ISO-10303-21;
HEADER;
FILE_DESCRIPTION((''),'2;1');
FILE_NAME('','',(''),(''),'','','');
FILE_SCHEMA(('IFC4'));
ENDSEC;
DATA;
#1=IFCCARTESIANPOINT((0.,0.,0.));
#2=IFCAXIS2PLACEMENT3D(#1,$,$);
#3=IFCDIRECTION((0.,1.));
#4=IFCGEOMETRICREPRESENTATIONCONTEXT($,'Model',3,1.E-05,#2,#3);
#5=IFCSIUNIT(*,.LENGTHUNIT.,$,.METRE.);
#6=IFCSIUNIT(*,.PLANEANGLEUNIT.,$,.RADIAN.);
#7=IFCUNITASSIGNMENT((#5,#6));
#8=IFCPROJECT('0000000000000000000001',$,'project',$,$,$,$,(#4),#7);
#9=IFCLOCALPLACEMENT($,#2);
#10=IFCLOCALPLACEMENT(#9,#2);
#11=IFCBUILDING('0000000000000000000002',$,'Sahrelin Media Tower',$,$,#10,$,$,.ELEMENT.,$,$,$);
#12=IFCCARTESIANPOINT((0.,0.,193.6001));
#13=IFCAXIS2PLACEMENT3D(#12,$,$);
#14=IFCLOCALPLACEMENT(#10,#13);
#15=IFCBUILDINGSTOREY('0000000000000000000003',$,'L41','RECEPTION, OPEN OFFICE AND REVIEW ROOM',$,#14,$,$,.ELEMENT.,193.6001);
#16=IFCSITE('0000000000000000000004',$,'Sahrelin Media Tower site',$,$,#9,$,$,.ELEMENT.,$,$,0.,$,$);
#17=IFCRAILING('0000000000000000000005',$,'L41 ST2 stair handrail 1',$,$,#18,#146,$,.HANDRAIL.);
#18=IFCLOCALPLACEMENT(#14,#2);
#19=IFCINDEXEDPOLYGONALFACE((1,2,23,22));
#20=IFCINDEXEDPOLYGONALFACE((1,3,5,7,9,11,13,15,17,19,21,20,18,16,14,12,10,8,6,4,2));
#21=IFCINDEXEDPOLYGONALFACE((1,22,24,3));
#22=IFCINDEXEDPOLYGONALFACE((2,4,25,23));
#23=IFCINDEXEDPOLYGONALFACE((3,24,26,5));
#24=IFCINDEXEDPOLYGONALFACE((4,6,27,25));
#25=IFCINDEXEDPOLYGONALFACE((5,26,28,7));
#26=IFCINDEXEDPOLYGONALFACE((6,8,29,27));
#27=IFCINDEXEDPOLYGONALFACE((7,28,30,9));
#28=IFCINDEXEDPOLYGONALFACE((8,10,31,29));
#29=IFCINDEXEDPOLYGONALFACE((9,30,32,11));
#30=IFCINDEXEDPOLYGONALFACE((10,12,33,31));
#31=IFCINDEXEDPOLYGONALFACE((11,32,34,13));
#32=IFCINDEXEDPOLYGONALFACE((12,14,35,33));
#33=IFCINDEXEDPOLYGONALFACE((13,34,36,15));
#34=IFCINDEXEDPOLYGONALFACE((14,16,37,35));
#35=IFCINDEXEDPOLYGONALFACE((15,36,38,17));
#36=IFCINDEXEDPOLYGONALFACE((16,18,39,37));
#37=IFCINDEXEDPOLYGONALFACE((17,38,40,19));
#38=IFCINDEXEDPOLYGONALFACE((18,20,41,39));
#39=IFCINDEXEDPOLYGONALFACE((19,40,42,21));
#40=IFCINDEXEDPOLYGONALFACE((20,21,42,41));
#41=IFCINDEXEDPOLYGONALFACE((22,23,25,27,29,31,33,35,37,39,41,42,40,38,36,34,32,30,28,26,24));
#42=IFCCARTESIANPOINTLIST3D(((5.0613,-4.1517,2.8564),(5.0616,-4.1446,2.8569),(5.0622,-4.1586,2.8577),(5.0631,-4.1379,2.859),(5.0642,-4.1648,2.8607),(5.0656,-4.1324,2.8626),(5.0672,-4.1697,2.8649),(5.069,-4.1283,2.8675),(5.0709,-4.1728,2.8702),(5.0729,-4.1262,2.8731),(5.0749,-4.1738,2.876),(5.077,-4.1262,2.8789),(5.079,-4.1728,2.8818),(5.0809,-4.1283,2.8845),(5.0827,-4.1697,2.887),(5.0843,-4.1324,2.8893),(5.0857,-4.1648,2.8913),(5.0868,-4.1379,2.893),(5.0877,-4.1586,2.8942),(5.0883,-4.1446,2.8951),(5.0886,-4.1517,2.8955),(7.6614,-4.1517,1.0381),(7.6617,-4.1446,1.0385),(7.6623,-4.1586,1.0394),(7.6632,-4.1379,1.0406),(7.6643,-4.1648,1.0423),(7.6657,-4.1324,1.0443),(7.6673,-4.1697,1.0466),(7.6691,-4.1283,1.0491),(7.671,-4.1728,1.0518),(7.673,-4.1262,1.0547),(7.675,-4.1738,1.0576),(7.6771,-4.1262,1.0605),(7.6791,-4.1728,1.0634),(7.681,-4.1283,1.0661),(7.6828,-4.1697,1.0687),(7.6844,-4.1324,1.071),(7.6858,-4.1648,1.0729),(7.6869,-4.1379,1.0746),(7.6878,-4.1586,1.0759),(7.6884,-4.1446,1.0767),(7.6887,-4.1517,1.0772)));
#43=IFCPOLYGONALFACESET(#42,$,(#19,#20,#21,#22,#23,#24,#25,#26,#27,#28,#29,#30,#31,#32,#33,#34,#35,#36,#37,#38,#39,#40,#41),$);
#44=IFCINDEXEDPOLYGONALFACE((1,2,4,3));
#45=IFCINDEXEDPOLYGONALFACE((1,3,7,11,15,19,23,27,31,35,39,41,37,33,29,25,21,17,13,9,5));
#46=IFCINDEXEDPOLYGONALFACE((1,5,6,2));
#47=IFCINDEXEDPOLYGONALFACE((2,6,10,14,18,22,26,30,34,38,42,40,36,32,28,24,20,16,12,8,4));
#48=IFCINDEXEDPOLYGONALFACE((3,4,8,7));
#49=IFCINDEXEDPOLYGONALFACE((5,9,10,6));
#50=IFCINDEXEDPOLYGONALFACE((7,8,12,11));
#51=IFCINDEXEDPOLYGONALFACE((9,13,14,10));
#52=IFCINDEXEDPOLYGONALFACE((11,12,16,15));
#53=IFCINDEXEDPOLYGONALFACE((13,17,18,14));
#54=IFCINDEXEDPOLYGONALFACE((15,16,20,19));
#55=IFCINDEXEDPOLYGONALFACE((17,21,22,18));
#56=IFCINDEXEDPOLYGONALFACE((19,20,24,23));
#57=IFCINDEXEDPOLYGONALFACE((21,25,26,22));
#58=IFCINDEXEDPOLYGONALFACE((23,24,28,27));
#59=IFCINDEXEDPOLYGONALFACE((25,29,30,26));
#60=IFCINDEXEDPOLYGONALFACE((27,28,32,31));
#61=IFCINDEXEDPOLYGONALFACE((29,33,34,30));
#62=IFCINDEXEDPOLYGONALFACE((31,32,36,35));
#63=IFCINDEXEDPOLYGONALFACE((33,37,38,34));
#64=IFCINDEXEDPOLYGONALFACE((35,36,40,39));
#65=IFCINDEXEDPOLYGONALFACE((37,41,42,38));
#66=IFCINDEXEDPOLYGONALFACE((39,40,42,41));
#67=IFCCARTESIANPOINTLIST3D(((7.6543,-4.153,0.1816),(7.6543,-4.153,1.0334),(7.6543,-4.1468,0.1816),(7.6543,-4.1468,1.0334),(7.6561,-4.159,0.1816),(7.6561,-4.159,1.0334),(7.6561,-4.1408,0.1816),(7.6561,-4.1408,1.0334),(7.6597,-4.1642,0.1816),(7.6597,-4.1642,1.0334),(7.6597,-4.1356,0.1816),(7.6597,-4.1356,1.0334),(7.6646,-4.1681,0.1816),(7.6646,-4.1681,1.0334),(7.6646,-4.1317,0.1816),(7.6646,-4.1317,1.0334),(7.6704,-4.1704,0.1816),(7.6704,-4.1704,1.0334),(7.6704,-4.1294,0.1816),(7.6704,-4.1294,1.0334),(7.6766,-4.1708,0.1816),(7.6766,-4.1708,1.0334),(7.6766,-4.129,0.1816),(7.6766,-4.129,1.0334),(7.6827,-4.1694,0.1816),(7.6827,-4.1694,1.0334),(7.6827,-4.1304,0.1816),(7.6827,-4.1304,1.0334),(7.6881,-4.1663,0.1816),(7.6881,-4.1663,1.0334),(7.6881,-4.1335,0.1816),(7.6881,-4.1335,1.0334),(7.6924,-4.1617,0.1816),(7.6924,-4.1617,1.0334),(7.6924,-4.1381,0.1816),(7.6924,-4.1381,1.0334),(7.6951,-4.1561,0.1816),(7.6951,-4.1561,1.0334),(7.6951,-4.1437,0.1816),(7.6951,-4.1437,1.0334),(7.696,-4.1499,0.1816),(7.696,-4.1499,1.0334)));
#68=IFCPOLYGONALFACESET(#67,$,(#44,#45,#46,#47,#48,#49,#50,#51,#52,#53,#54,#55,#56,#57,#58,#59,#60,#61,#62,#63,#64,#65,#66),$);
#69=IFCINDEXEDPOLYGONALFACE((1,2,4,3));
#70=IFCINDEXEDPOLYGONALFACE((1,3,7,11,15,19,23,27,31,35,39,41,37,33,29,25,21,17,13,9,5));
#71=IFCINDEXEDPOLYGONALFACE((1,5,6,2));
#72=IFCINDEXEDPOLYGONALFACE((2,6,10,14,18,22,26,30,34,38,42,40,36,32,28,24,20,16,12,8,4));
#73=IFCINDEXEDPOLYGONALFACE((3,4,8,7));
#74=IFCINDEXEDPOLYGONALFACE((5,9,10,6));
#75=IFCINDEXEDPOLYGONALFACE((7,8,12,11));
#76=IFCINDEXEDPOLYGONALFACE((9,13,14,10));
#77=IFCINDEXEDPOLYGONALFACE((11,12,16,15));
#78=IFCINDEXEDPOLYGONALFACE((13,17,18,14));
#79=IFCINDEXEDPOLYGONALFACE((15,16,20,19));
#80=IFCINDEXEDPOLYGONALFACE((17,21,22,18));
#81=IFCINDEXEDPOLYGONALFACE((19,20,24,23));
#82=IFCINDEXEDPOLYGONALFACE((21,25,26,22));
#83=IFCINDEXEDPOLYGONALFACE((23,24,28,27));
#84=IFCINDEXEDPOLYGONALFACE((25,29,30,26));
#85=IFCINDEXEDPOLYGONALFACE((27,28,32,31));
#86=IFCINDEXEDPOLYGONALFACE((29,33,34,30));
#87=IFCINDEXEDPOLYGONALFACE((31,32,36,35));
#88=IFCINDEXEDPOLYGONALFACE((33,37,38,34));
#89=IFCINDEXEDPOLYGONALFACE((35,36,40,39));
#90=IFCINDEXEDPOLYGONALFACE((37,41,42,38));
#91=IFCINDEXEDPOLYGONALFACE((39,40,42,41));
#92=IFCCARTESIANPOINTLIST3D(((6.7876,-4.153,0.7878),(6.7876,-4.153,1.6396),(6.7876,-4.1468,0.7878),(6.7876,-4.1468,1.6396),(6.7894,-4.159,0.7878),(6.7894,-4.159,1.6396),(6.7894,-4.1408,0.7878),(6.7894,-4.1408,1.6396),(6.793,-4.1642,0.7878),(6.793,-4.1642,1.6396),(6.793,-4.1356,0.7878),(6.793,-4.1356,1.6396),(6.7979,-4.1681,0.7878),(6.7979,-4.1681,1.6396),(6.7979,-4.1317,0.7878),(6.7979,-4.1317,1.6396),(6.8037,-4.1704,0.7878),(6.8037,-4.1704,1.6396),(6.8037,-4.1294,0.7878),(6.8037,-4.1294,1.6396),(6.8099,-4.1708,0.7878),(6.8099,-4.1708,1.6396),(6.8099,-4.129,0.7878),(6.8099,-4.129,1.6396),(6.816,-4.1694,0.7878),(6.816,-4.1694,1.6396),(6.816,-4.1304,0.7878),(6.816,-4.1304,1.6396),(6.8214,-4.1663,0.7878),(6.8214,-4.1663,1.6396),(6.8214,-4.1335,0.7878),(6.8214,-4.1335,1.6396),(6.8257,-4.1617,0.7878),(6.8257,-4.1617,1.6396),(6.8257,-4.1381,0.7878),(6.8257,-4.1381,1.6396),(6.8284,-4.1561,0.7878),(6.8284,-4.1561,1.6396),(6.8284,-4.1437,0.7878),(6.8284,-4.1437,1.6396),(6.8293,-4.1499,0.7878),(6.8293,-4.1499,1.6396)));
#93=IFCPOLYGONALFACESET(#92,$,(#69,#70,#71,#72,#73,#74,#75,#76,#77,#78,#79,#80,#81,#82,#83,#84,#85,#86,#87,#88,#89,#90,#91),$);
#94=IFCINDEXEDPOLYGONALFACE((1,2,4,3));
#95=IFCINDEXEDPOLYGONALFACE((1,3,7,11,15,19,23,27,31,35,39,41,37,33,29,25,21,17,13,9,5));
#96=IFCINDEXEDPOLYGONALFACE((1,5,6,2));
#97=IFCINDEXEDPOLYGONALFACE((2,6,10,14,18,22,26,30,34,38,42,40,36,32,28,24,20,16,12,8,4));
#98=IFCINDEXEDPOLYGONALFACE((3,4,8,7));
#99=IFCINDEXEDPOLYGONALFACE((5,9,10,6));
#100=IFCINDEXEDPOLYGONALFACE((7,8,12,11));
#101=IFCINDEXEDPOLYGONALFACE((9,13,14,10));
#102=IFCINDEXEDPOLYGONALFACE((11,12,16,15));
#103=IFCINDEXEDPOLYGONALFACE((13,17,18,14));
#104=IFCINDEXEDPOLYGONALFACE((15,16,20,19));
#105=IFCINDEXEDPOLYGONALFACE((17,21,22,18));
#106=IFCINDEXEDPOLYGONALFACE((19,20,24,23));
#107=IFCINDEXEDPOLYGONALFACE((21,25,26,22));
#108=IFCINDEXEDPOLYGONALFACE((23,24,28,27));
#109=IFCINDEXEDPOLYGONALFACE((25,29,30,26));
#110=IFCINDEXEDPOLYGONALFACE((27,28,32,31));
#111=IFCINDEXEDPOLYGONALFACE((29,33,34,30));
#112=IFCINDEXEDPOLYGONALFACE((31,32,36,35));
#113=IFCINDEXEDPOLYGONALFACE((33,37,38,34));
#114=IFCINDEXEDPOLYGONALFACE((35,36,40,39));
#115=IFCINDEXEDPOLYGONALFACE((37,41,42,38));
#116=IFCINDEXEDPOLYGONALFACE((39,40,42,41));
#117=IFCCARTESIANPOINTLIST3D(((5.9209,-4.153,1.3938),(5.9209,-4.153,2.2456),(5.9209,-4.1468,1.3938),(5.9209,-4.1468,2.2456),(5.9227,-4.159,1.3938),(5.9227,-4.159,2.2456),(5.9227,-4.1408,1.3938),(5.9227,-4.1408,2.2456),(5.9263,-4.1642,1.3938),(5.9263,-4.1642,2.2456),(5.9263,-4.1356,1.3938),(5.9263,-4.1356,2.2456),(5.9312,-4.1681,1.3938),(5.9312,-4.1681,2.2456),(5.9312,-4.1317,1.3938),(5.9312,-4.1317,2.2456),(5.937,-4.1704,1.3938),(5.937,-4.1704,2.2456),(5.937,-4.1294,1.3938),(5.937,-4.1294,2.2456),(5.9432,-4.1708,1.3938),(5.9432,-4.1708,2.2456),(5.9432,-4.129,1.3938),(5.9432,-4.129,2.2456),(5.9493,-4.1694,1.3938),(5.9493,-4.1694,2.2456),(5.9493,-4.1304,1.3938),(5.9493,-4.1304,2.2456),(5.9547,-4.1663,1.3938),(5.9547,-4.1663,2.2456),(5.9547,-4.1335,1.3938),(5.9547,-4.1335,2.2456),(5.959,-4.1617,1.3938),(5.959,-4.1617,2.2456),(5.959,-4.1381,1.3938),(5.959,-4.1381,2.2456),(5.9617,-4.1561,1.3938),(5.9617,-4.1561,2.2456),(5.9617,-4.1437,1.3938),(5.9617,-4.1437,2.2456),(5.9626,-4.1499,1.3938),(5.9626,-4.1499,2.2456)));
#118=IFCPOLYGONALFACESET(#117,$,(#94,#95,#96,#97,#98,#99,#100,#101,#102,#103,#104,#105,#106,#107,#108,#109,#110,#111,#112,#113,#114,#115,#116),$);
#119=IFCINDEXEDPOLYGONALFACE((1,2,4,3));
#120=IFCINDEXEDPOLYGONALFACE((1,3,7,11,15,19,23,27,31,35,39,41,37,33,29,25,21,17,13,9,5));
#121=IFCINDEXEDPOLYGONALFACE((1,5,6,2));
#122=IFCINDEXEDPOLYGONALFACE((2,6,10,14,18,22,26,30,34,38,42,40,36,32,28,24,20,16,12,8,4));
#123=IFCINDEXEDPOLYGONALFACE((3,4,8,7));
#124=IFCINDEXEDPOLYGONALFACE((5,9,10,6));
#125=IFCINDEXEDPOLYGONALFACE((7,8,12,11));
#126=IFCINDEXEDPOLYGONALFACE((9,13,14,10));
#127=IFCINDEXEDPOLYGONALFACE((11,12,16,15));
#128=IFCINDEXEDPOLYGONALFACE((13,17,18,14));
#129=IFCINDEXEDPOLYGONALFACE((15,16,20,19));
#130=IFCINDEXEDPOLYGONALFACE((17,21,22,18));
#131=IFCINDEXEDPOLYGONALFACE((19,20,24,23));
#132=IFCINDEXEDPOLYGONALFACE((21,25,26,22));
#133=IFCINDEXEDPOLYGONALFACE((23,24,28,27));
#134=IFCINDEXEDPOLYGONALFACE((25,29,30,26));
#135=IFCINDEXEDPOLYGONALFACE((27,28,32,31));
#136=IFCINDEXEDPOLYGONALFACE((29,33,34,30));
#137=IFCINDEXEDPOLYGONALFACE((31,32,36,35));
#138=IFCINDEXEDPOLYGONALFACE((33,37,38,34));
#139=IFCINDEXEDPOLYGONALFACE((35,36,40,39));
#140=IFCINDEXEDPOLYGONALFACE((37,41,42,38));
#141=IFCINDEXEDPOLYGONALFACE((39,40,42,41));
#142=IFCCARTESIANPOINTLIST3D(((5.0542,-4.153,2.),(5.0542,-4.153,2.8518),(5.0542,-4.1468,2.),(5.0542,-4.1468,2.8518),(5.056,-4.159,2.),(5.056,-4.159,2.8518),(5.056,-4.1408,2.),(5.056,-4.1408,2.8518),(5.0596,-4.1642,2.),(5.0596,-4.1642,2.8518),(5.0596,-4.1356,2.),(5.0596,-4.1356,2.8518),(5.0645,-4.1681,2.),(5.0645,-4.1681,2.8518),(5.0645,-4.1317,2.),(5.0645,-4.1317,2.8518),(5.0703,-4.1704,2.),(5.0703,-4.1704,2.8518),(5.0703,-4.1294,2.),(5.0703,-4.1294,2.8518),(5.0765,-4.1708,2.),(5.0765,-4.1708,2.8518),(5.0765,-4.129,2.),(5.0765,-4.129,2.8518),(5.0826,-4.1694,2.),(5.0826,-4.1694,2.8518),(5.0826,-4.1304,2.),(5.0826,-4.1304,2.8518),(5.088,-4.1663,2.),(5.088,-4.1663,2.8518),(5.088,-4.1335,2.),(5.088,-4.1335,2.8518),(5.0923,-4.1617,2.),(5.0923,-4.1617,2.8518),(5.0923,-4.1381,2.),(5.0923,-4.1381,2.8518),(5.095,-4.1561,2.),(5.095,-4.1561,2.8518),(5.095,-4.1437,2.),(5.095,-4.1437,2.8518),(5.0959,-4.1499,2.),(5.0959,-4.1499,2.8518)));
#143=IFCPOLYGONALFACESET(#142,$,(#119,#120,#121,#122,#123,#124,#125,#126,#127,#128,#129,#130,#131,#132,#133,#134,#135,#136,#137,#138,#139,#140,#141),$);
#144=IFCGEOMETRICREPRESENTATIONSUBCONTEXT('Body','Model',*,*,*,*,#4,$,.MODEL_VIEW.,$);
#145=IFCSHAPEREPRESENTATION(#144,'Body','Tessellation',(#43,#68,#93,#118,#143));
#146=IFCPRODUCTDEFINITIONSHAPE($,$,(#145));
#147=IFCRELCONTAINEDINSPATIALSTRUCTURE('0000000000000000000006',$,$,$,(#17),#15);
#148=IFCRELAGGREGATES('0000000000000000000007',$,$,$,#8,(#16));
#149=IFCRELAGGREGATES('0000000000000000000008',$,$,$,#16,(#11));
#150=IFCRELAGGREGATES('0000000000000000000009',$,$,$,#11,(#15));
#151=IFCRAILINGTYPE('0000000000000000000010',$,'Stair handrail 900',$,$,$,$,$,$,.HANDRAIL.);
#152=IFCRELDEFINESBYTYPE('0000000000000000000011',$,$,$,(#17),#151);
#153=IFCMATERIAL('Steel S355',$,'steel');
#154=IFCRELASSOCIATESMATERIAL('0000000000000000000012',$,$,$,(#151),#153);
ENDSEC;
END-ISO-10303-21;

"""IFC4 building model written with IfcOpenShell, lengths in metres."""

from ifc_helpers import new_model, si_unit, direction, frame, origin, origin_2d, place, context, subcontext, project, spatial, circle, extrude, material, type_object, element, save


model = new_model("IFC4")

# Units and contexts
model_context = context("Model", 3, precision=1e-05, world=origin(), true_north=direction((0.0, 1.0)))
body_context = subcontext(model_context, "Body", "Model", "MODEL_VIEW")
ifc_project = project(units=[si_unit("LENGTHUNIT", "METRE"), si_unit("PLANEANGLEUNIT", "RADIAN")], contexts=[model_context])

# Site, building, storey
site_placement = place(None, origin())
site = spatial("IfcSite", under=ifc_project, at=site_placement, Name="Sahrelin Media Tower site", CompositionType="ELEMENT", RefElevation=0.0)
building_placement = place(site_placement, origin())
building = spatial("IfcBuilding", under=site, at=building_placement, Name="Sahrelin Media Tower", CompositionType="ELEMENT")
storey_placement = place(building_placement, frame((0.0, 0.0, 193.6001)))
storey = spatial("IfcBuildingStorey", under=building, at=storey_placement, Name="L41", Description="RECEPTION, OPEN OFFICE AND REVIEW ROOM", CompositionType="ELEMENT", Elevation=193.6001)

# Shared definitions
ifc_material_1 = material(Name="Steel S355", Category="steel")

# Railing
railing_type_1 = type_object("IfcRailingType", Name="Stair handrail 900", PredefinedType="HANDRAIL", material=ifc_material_1)
railing_1_placement = place(storey_placement, frame((7.675, -4.1499, 0.1816)))
element("IfcRailing", 1, at=railing_1_placement, inside=storey, type_object=railing_type_1, Name="L41 ST2 stair handrail 1", PredefinedType="HANDRAIL", context=body_context, shape_type="SweptSolid", body=[
    extrude(circle(Radius=0.0239, at=origin_2d()), frame((0.0, 0.0, 0.876), z_axis=(-0.819485, 0.0, 0.573101), x_axis=(0.0, -1.0, 0.0)), (0.0, 0.0, 1.0), 3.1729),
    extrude(circle(Radius=0.021, at=origin_2d()), origin(), (0.0, 0.0, 1.0), 0.8518),
    extrude(circle(Radius=0.021, at=origin_2d()), frame((-0.8667, 0.0, 0.6062)), (0.0, 0.0, 1.0), 0.8518),
    extrude(circle(Radius=0.021, at=origin_2d()), frame((-1.7334, 0.0, 1.2122)), (0.0, 0.0, 1.0), 0.8518),
    extrude(circle(Radius=0.021, at=origin_2d()), frame((-2.6001, 0.0, 1.8184)), (0.0, 0.0, 1.0), 0.8518),
])

save(model, "model.ifc")
